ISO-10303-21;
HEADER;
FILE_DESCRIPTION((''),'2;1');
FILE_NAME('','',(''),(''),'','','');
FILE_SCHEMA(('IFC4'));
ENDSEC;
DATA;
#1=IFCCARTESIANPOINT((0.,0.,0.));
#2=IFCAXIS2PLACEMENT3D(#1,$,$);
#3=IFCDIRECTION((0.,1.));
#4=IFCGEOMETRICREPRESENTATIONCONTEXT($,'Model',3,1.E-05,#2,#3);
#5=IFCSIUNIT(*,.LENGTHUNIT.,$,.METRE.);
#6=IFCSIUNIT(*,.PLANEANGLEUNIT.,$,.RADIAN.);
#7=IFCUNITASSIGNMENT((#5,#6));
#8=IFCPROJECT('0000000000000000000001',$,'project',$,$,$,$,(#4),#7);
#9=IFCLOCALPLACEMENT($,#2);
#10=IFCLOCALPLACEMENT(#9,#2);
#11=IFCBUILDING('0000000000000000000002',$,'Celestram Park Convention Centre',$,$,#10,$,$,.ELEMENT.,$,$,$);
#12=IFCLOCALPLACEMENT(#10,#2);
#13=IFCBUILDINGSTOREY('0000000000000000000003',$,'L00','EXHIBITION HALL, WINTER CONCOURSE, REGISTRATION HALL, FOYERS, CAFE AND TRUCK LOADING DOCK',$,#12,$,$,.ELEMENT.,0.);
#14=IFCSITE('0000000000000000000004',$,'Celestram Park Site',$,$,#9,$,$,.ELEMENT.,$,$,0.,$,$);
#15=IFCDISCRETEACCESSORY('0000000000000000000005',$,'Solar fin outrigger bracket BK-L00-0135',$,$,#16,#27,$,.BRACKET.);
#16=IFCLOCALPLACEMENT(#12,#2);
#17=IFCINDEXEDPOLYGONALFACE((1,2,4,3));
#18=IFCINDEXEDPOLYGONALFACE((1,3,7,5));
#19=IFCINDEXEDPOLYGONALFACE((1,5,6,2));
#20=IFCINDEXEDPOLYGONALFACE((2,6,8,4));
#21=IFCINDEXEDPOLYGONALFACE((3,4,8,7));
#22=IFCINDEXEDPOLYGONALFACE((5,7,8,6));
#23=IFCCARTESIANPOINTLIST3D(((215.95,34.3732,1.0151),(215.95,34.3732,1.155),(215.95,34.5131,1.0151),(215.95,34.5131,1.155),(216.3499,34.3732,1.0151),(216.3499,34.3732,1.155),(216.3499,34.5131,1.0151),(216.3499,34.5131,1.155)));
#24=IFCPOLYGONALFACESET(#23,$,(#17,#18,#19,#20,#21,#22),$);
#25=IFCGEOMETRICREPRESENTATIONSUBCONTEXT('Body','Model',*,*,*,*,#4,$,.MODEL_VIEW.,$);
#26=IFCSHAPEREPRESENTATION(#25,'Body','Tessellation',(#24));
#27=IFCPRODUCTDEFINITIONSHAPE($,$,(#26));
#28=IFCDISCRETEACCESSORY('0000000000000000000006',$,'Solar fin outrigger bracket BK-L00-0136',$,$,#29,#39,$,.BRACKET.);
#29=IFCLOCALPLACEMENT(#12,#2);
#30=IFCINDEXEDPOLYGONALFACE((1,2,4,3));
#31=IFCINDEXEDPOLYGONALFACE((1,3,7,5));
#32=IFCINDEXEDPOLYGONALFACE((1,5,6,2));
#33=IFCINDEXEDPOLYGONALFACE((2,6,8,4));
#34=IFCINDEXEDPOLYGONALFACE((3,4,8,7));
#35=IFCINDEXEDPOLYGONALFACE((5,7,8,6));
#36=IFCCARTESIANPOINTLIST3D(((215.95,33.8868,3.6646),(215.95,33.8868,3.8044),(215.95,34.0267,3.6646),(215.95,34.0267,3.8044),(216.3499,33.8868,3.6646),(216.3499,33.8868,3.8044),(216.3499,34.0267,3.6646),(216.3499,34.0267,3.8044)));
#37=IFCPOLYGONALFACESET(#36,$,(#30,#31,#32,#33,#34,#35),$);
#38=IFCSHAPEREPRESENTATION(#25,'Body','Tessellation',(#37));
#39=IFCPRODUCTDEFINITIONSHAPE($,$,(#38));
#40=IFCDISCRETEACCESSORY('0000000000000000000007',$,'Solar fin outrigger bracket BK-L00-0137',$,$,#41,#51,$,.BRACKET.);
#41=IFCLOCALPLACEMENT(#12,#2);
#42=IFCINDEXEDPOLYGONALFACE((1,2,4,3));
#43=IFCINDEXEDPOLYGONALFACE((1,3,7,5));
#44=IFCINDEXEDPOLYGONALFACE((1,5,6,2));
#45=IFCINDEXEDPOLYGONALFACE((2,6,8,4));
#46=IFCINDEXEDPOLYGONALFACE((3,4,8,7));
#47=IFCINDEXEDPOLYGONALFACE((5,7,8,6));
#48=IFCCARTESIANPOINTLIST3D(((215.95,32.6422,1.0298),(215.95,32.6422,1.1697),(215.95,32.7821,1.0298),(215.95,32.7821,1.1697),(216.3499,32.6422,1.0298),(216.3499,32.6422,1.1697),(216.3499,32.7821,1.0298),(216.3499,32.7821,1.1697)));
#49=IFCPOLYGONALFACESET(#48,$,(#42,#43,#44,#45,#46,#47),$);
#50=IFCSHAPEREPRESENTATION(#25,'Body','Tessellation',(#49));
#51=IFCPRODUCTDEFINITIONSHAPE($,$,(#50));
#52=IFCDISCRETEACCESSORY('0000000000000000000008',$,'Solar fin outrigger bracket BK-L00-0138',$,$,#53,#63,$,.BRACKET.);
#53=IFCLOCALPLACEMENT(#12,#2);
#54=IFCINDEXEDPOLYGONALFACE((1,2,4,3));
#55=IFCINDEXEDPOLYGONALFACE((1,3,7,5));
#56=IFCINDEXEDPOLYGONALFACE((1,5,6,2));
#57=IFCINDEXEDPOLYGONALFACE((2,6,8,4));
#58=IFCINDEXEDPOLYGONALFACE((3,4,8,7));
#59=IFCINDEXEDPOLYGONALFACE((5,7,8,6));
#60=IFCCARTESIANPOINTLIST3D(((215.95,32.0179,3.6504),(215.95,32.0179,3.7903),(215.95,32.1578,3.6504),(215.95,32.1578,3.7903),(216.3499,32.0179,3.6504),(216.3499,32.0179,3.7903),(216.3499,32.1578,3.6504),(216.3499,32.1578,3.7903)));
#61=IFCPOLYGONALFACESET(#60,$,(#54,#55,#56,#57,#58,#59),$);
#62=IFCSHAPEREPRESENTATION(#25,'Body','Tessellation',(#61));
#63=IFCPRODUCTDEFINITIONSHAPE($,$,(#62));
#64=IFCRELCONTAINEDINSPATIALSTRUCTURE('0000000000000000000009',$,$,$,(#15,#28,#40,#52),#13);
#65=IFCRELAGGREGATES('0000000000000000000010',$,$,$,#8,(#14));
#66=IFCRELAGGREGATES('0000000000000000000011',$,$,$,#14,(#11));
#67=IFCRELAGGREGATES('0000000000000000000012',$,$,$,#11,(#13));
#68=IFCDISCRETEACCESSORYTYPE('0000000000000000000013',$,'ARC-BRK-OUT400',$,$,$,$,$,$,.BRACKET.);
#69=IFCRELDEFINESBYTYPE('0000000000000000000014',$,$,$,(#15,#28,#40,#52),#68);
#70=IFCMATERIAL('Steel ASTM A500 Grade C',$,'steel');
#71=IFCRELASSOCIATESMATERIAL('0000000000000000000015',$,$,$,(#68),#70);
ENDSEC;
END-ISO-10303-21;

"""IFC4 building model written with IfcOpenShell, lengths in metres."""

from ifc_helpers import new_model, si_unit, direction, frame, origin, origin_2d, place, context, subcontext, project, spatial, rectangle, extrude, material, type_object, element, save


model = new_model("IFC4")

# Units and contexts
model_context = context("Model", 3, precision=1e-05, world=origin(), true_north=direction((0.0, 1.0)))
body_context = subcontext(model_context, "Body", "Model", "MODEL_VIEW")
ifc_project = project(units=[si_unit("LENGTHUNIT", "METRE"), si_unit("PLANEANGLEUNIT", "RADIAN")], contexts=[model_context])

# Site, building, storey
site_placement = place(None, origin())
site = spatial("IfcSite", under=ifc_project, at=site_placement, Name="Celestram Park Site", CompositionType="ELEMENT", RefElevation=0.0)
building_placement = place(site_placement, origin())
building = spatial("IfcBuilding", under=site, at=building_placement, Name="Celestram Park Convention Centre", CompositionType="ELEMENT")
storey_placement = place(building_placement, origin())
storey = spatial("IfcBuildingStorey", under=building, at=storey_placement, Name="L00", Description="EXHIBITION HALL, WINTER CONCOURSE, REGISTRATION HALL, FOYERS, CAFE AND TRUCK LOADING DOCK", CompositionType="ELEMENT", Elevation=0.0)

# Discrete accessories
ifc_material_1 = material(Name="Steel ASTM A500 Grade C", Category="steel")
discrete_accessory_type = type_object("IfcDiscreteAccessoryType", Name="ARC-BRK-OUT400", PredefinedType="BRACKET", material=ifc_material_1)
for number, where, z_axis, x_axis, name in (
    (1, (216.1499, 34.4431, 1.0151), (0.0, 0.0, 1.0), (1.0, 0.0, 0.0), "Solar fin outrigger bracket BK-L00-0135"),
    (2, (216.1499, 33.9568, 3.6646), (0.0, 0.0, 1.0), (1.0, 0.0, 0.0), "Solar fin outrigger bracket BK-L00-0136"),
    (3, (216.1499, 32.7122, 1.0298), (0.0, 0.0, 1.0), (1.0, 0.0, 0.0), "Solar fin outrigger bracket BK-L00-0137"),
    (4, (216.1499, 32.0879, 3.6504), (0.0, 0.0, 1.0), (1.0, 0.0, 0.0), "Solar fin outrigger bracket BK-L00-0138"),
):
    element("IfcDiscreteAccessory", number, at=place(storey_placement, frame(where, z_axis=z_axis, x_axis=x_axis)), inside=storey, type_object=discrete_accessory_type, Name=name, PredefinedType="BRACKET", context=body_context, shape_type="SweptSolid", body=[
        extrude(rectangle(XDim=0.3999, YDim=0.1399, at=origin_2d()), origin(), (0.0, 0.0, 1.0), 0.1399),
    ])

save(model, "model.ifc")
